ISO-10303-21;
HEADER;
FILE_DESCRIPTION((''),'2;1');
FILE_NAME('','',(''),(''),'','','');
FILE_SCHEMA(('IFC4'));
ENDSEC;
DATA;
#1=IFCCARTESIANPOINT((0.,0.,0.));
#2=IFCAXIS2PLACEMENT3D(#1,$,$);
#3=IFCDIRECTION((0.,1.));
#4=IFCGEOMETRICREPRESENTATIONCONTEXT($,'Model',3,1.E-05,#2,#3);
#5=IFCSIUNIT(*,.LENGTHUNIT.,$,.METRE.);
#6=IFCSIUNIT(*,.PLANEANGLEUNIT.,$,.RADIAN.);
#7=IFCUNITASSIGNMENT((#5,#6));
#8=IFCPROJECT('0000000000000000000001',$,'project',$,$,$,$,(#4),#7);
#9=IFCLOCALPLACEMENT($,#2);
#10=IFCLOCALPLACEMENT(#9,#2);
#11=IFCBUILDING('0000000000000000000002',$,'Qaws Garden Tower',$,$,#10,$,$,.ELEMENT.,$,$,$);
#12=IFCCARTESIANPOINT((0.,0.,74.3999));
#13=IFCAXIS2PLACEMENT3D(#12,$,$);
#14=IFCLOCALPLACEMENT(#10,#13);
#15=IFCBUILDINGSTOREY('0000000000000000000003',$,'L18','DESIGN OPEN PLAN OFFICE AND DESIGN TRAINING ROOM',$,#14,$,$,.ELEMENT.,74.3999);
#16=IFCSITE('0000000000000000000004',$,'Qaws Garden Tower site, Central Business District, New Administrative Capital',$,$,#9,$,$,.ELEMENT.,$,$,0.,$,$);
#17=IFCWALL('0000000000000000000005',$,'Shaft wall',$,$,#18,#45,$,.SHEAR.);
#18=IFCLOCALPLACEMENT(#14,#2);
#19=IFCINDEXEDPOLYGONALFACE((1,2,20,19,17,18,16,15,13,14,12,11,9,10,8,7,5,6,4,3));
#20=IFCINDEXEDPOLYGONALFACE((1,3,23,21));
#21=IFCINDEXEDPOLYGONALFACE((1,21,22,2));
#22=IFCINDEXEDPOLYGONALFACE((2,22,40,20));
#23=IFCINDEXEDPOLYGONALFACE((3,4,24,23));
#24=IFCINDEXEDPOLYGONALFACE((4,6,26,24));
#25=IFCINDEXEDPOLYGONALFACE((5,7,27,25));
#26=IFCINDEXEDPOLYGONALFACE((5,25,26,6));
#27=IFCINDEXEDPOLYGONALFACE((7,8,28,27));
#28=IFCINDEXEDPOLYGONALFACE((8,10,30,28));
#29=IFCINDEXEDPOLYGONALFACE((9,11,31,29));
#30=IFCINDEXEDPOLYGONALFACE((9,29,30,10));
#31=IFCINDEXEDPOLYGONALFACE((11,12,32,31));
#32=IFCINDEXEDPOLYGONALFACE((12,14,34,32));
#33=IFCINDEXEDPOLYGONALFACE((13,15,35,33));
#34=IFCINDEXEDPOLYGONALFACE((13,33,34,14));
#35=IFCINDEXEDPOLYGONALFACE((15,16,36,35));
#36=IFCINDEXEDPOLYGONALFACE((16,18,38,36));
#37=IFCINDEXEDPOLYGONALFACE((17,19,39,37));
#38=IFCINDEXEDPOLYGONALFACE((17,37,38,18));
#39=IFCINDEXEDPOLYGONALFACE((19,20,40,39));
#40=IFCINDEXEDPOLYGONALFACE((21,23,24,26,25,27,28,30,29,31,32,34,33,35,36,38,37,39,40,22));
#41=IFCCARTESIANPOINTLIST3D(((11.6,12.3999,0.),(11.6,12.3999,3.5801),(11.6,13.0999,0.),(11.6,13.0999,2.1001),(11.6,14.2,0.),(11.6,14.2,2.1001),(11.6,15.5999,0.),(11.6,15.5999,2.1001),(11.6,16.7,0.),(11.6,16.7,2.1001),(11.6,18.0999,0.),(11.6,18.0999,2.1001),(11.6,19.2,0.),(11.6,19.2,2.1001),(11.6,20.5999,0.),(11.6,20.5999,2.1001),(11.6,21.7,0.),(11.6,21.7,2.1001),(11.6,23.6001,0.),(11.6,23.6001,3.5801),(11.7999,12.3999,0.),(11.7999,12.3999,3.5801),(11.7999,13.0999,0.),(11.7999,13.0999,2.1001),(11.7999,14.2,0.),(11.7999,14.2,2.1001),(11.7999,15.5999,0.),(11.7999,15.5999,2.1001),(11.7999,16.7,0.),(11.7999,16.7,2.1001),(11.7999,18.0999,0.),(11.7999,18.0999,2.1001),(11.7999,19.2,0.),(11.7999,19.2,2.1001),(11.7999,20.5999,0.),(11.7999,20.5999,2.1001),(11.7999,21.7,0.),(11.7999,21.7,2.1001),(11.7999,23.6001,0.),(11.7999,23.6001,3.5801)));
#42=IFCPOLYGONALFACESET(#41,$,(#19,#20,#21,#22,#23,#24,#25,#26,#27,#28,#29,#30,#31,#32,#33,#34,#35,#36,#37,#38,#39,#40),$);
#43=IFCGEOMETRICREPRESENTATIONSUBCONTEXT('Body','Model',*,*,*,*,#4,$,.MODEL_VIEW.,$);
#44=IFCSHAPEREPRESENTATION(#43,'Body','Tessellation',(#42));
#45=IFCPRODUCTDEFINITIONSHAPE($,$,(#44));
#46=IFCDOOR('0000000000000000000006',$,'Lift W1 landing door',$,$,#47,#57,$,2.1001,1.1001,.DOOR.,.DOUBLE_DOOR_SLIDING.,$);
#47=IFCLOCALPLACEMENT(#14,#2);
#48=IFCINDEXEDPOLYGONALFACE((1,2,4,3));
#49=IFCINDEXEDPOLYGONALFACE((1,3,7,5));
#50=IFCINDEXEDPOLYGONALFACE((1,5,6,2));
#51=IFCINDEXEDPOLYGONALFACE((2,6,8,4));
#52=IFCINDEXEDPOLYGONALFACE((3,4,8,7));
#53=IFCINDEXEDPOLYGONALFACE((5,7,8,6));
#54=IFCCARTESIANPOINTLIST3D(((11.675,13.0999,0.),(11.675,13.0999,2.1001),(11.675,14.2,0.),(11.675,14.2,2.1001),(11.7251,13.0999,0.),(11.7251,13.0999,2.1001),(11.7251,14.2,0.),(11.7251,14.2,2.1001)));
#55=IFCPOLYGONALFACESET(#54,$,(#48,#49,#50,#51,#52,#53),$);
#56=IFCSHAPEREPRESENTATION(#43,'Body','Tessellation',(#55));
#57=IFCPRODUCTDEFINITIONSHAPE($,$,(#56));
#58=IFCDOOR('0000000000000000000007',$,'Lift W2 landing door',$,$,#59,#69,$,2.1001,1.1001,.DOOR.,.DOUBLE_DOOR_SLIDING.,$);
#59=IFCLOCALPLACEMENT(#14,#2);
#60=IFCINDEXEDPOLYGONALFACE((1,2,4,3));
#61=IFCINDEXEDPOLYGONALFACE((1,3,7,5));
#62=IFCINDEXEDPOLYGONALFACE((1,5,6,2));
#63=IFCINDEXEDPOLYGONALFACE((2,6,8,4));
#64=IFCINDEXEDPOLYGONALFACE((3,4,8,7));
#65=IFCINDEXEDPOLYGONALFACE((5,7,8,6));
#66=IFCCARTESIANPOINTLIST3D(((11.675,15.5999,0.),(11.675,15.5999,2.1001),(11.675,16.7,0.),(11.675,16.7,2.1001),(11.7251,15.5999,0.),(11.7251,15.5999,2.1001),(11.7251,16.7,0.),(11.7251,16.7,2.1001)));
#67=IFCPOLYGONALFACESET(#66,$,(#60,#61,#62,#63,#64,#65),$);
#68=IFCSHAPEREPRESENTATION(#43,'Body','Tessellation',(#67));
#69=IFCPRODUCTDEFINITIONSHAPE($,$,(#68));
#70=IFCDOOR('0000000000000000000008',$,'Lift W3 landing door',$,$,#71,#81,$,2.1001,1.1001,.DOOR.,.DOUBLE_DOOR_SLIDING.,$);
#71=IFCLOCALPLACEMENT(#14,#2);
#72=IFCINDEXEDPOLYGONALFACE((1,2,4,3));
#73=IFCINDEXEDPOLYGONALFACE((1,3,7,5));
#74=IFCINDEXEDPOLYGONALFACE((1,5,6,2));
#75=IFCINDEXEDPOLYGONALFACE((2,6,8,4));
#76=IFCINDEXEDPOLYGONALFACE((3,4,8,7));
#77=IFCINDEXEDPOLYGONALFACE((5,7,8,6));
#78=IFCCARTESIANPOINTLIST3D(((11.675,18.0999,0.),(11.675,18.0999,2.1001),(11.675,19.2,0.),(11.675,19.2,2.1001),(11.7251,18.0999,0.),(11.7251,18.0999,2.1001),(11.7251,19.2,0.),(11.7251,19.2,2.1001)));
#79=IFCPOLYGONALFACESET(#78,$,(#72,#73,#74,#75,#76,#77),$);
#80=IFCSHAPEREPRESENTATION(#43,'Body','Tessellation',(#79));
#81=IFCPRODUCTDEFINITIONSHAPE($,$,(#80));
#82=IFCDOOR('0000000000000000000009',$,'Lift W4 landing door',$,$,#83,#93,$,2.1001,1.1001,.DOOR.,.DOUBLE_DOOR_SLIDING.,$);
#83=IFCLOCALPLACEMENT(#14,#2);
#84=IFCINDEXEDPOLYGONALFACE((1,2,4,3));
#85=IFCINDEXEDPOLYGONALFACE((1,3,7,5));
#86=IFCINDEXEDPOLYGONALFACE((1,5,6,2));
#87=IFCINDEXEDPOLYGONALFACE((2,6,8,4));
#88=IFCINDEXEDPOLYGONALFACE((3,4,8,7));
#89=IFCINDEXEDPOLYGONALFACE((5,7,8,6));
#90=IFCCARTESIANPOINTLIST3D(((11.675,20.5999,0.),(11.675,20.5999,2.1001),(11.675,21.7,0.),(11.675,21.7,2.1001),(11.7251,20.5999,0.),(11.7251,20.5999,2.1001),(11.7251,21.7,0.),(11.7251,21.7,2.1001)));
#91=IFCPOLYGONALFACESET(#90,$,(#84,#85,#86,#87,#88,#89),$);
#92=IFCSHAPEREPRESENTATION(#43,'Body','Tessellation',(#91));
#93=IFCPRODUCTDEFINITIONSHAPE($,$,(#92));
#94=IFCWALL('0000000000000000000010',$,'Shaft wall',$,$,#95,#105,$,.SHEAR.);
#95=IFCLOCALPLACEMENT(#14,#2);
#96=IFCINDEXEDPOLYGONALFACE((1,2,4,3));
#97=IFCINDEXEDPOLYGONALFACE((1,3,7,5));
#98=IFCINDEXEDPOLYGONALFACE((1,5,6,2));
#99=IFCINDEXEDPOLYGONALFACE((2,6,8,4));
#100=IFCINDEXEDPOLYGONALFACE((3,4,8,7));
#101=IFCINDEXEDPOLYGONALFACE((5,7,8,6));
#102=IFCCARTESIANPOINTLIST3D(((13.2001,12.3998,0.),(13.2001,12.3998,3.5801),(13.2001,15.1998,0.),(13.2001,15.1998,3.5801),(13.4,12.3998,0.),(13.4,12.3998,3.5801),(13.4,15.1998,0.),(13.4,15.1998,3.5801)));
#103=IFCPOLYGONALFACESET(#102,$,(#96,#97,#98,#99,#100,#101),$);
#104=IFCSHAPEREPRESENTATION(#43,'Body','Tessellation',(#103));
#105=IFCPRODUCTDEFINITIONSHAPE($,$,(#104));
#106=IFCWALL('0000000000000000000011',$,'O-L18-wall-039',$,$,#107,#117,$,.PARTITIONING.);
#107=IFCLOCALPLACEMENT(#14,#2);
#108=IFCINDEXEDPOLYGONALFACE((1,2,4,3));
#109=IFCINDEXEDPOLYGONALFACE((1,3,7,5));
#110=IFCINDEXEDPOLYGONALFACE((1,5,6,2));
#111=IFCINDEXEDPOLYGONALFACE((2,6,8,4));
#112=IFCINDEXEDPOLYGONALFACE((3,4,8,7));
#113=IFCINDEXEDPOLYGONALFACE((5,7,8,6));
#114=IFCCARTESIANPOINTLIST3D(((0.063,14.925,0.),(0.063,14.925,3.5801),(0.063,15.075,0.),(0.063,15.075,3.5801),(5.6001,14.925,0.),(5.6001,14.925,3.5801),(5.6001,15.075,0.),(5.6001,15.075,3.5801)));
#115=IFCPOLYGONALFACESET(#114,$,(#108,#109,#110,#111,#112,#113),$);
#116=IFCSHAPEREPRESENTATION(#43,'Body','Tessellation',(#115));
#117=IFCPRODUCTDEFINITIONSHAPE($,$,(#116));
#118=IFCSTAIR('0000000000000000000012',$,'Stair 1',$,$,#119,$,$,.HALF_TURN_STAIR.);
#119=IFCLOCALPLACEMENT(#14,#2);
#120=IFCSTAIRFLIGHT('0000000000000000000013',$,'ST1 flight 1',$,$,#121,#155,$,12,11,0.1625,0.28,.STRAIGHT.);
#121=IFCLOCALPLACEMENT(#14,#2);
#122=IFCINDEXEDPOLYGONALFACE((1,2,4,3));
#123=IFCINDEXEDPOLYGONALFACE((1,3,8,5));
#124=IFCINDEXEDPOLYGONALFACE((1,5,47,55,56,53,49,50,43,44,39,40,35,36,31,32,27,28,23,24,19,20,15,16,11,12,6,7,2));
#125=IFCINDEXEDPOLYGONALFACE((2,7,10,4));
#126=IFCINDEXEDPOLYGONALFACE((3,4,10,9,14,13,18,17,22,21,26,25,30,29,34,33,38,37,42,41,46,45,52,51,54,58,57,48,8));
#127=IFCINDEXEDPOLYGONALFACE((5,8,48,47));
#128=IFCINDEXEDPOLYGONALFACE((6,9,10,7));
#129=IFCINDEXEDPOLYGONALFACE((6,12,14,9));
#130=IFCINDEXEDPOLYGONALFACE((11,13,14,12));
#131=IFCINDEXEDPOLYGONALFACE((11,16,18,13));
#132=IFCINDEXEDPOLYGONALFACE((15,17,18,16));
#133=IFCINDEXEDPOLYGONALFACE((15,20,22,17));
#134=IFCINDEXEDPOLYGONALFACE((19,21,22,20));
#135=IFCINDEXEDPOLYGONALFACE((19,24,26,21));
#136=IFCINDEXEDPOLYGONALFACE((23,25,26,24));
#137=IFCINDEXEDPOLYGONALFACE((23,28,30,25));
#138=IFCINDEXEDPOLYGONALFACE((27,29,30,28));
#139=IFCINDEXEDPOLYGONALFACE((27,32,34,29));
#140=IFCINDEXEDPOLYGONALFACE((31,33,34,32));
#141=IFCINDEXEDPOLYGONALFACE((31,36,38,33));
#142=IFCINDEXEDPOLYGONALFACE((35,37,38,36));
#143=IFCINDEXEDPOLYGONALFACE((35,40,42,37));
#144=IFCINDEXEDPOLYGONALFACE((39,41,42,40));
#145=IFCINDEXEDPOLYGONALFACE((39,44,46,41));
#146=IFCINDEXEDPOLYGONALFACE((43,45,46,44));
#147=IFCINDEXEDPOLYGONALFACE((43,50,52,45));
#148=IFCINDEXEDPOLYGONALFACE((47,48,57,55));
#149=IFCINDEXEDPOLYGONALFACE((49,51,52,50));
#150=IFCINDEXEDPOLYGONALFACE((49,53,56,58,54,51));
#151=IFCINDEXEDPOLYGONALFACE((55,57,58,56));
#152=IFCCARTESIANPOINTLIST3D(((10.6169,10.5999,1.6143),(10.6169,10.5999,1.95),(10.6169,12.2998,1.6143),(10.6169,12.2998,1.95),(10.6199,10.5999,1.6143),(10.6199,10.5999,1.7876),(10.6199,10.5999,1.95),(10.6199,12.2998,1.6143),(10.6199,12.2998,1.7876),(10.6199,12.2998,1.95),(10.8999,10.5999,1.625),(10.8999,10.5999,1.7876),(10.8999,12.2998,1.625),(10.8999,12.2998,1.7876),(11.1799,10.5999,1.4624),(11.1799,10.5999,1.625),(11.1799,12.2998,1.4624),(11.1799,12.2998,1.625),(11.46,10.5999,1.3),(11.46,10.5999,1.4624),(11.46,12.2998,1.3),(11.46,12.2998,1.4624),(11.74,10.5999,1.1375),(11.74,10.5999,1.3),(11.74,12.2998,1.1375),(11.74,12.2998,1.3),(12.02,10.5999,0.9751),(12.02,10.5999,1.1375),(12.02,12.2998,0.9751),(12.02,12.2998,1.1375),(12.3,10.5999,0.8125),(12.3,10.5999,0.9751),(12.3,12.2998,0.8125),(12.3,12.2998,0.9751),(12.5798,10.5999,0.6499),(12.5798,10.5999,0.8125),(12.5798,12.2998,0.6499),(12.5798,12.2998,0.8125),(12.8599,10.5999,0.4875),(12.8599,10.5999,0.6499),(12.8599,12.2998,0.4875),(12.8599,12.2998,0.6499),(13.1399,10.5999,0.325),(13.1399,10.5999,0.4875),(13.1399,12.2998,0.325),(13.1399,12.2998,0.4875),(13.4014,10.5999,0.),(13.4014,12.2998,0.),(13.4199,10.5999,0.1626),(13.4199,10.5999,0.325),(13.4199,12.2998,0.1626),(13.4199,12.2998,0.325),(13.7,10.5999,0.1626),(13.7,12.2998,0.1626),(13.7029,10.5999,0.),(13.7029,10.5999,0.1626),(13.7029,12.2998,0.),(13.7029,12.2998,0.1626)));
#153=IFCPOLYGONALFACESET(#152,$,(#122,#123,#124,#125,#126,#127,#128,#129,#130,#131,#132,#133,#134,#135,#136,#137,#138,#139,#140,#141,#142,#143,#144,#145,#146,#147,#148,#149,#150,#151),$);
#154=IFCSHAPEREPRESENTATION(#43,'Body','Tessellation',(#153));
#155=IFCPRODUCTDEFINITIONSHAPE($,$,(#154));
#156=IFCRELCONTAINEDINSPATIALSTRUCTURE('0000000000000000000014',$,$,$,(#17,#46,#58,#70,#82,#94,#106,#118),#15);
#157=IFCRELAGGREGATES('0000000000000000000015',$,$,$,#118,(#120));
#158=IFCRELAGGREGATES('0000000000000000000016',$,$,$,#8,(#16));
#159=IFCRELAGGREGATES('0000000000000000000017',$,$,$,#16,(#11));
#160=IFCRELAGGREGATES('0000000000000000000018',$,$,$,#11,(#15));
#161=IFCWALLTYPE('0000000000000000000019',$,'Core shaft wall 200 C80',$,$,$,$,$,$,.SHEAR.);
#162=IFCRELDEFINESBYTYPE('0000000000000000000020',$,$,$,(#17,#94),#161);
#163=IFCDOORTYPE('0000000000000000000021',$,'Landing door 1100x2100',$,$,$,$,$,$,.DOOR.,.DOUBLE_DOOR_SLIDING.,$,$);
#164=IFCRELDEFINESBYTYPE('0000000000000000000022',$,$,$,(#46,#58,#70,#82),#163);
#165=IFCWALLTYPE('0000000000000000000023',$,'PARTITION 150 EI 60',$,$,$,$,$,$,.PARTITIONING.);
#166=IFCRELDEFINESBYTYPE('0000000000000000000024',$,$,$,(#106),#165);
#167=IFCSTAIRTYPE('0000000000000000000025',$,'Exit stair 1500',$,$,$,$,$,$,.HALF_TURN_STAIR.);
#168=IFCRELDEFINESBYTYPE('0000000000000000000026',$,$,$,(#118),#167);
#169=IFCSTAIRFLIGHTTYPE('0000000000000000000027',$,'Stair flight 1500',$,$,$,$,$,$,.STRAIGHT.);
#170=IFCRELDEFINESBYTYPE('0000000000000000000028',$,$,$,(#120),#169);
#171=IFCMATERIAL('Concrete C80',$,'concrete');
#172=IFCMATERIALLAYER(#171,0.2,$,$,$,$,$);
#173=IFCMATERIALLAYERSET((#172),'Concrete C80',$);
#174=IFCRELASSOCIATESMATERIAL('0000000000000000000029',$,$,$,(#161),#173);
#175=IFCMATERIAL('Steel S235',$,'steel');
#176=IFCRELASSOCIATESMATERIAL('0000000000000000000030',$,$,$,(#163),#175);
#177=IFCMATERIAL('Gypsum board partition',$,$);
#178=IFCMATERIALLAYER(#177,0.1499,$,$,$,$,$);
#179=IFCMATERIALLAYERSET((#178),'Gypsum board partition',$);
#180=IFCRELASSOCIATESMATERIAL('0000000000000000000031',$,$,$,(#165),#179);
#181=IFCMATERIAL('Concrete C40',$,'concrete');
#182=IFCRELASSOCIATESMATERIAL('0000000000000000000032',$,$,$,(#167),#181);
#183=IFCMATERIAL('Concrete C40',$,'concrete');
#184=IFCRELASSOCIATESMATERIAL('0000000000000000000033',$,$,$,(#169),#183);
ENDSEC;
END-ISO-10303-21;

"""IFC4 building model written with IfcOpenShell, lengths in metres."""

from ifc_helpers import new_model, si_unit, direction, frame, frame_2d, origin, place, context, subcontext, project, spatial, polyline, rectangle, outline, extrude, material, layer, layer_set, type_object, element, fill, aggregate, save


model = new_model("IFC4")

# Units and contexts
model_context = context("Model", 3, precision=1e-05, world=origin(), true_north=direction((0.0, 1.0)))
body_context = subcontext(model_context, "Body", "Model", "MODEL_VIEW")
ifc_project = project(units=[si_unit("LENGTHUNIT", "METRE"), si_unit("PLANEANGLEUNIT", "RADIAN")], contexts=[model_context])

# Site, building, storey
site_placement = place(None, origin())
site = spatial("IfcSite", under=ifc_project, at=site_placement, Name="Qaws Garden Tower site, Central Business District, New Administrative Capital", CompositionType="ELEMENT", RefElevation=0.0)
building_placement = place(site_placement, origin())
building = spatial("IfcBuilding", under=site, at=building_placement, Name="Qaws Garden Tower", CompositionType="ELEMENT")
storey_placement = place(building_placement, frame((0.0, 0.0, 74.3999)))
storey = spatial("IfcBuildingStorey", under=building, at=storey_placement, Name="L18", Description="DESIGN OPEN PLAN OFFICE AND DESIGN TRAINING ROOM", CompositionType="ELEMENT", Elevation=74.3999)

# Shared definitions
ifc_material_1 = material(Name="Concrete C80", Category="concrete")
ifc_layer_1 = layer(ifc_material_1, 0.2)
ifc_layer_set_1 = layer_set([ifc_layer_1], Name="Concrete C80")
wall_type_1 = type_object("IfcWallType", Name="Core shaft wall 200 C80", PredefinedType="SHEAR", material=ifc_layer_set_1)

# Wall, openings, doors
wall_1_placement = place(storey_placement, frame((11.7, 12.3999, 0.0), z_axis=(0.0, 0.0, 1.0), x_axis=(0.0, 1.0, 0.0)))
wall_1 = element("IfcWall", 1, at=wall_1_placement, inside=storey, type_object=wall_type_1, Name="Shaft wall", PredefinedType="SHEAR", context=body_context, shape_type="SweptSolid", body=[
    extrude(rectangle(XDim=11.2002, YDim=0.2, at=frame_2d((5.6001, 0.0))), origin(), (0.0, 0.0, 1.0), 3.5801),
])
opening_1_placement = place(wall_1_placement, frame((0.7, 0.0, 0.0)))
opening_1 = element("IfcOpeningElement", 2, at=opening_1_placement, cuts=wall_1, PredefinedType="OPENING", context=body_context, shape_type="SweptSolid", body=[
    extrude(rectangle(XDim=1.1001, YDim=2.1001, at=frame_2d((0.55, 1.05))), frame((0.0, 0.1099, 0.0), z_axis=(0.0, -1.0, 0.0), x_axis=(1.0, 0.0, 0.0)), (0.0, 0.0, 1.0), 0.22),
])
opening_2_placement = place(wall_1_placement, frame((3.2, 0.0, 0.0)))
opening_2 = element("IfcOpeningElement", 3, at=opening_2_placement, cuts=wall_1, PredefinedType="OPENING", context=body_context, shape_type="SweptSolid", body=[
    extrude(rectangle(XDim=1.1001, YDim=2.1001, at=frame_2d((0.55, 1.05))), frame((0.0, 0.1099, 0.0), z_axis=(0.0, -1.0, 0.0), x_axis=(1.0, 0.0, 0.0)), (0.0, 0.0, 1.0), 0.22),
])
opening_3_placement = place(wall_1_placement, frame((5.7, 0.0, 0.0)))
opening_3 = element("IfcOpeningElement", 4, at=opening_3_placement, cuts=wall_1, PredefinedType="OPENING", context=body_context, shape_type="SweptSolid", body=[
    extrude(rectangle(XDim=1.1001, YDim=2.1001, at=frame_2d((0.55, 1.05))), frame((0.0, 0.1099, 0.0), z_axis=(0.0, -1.0, 0.0), x_axis=(1.0, 0.0, 0.0)), (0.0, 0.0, 1.0), 0.22),
])
opening_4_placement = place(wall_1_placement, frame((8.2, 0.0, 0.0)))
opening_4 = element("IfcOpeningElement", 5, at=opening_4_placement, cuts=wall_1, PredefinedType="OPENING", context=body_context, shape_type="SweptSolid", body=[
    extrude(rectangle(XDim=1.1001, YDim=2.1001, at=frame_2d((0.55, 1.05))), frame((0.0, 0.1099, 0.0), z_axis=(0.0, -1.0, 0.0), x_axis=(1.0, 0.0, 0.0)), (0.0, 0.0, 1.0), 0.22),
])
ifc_material_2 = material(Name="Steel S235", Category="steel")
door_type = type_object("IfcDoorType", Name="Landing door 1100x2100", OperationType="DOUBLE_DOOR_SLIDING", PredefinedType="DOOR", material=ifc_material_2)
door_1_placement = place(opening_1_placement, origin())
door_1 = element("IfcDoor", 6, at=door_1_placement, inside=storey, type_object=door_type, Name="Lift W1 landing door", OperationType="DOUBLE_DOOR_SLIDING", OverallHeight=2.1001, OverallWidth=1.1001, PredefinedType="DOOR", context=body_context, shape_type="SweptSolid", body=[
    extrude(rectangle(XDim=1.1001, YDim=2.1001, at=frame_2d((0.55, 1.05))), frame((0.0, 0.0249, 0.0), z_axis=(0.0, -1.0, 0.0), x_axis=(1.0, 0.0, 0.0)), (0.0, 0.0, 1.0), 0.05),
])
fill(opening_1, door_1)
door_2_placement = place(opening_2_placement, origin())
door_2 = element("IfcDoor", 7, at=door_2_placement, inside=storey, type_object=door_type, Name="Lift W2 landing door", OperationType="DOUBLE_DOOR_SLIDING", OverallHeight=2.1001, OverallWidth=1.1001, PredefinedType="DOOR", context=body_context, shape_type="SweptSolid", body=[
    extrude(rectangle(XDim=1.1001, YDim=2.1001, at=frame_2d((0.55, 1.05))), frame((0.0, 0.0249, 0.0), z_axis=(0.0, -1.0, 0.0), x_axis=(1.0, 0.0, 0.0)), (0.0, 0.0, 1.0), 0.05),
])
fill(opening_2, door_2)
door_3_placement = place(opening_3_placement, origin())
door_3 = element("IfcDoor", 8, at=door_3_placement, inside=storey, type_object=door_type, Name="Lift W3 landing door", OperationType="DOUBLE_DOOR_SLIDING", OverallHeight=2.1001, OverallWidth=1.1001, PredefinedType="DOOR", context=body_context, shape_type="SweptSolid", body=[
    extrude(rectangle(XDim=1.1001, YDim=2.1001, at=frame_2d((0.55, 1.05))), frame((0.0, 0.0249, 0.0), z_axis=(0.0, -1.0, 0.0), x_axis=(1.0, 0.0, 0.0)), (0.0, 0.0, 1.0), 0.05),
])
fill(opening_3, door_3)
door_4_placement = place(opening_4_placement, origin())
door_4 = element("IfcDoor", 9, at=door_4_placement, inside=storey, type_object=door_type, Name="Lift W4 landing door", OperationType="DOUBLE_DOOR_SLIDING", OverallHeight=2.1001, OverallWidth=1.1001, PredefinedType="DOOR", context=body_context, shape_type="SweptSolid", body=[
    extrude(rectangle(XDim=1.1001, YDim=2.1001, at=frame_2d((0.55, 1.05))), frame((0.0, 0.0249, 0.0), z_axis=(0.0, -1.0, 0.0), x_axis=(1.0, 0.0, 0.0)), (0.0, 0.0, 1.0), 0.05),
])
fill(opening_4, door_4)

# Walls
wall_2_placement = place(storey_placement, frame((13.3, 12.3999, 0.0), z_axis=(0.0, 0.0, 1.0), x_axis=(0.0, 1.0, 0.0)))
element("IfcWall", 10, at=wall_2_placement, inside=storey, type_object=wall_type_1, Name="Shaft wall", PredefinedType="SHEAR", context=body_context, shape_type="SweptSolid", body=[
    extrude(rectangle(XDim=2.8, YDim=0.2, at=frame_2d((1.3999, 0.0))), origin(), (0.0, 0.0, 1.0), 3.5801),
])
ifc_material_3 = material(Name="Gypsum board partition")
ifc_layer_2 = layer(ifc_material_3, 0.1499)
ifc_layer_set_2 = layer_set([ifc_layer_2], Name="Gypsum board partition")
wall_type_2 = type_object("IfcWallType", Name="PARTITION 150 EI 60", PredefinedType="PARTITIONING", material=ifc_layer_set_2)
wall_3_placement = place(storey_placement, frame((0.063, 15.0, 0.0), z_axis=(0.0, 0.0, 1.0), x_axis=(1.0, 0.0, 0.0)))
element("IfcWall", 11, at=wall_3_placement, inside=storey, type_object=wall_type_2, Name="O-L18-wall-039", PredefinedType="PARTITIONING", context=body_context, shape_type="SweptSolid", body=[
    extrude(rectangle(XDim=5.5371, YDim=0.1499, at=frame_2d((2.7686, 0.0))), origin(), (0.0, 0.0, 1.0), 3.5801),
])

# Stair, stair flight
ifc_material_4 = material(Name="Concrete C40", Category="concrete")
stair_type = type_object("IfcStairType", Name="Exit stair 1500", PredefinedType="HALF_TURN_STAIR", material=ifc_material_4)
stair_placement = place(storey_placement, origin())
stair = element("IfcStair", 12, at=stair_placement, inside=storey, type_object=stair_type, Name="Stair 1", PredefinedType="HALF_TURN_STAIR")
ifc_material_5 = material(Name="Concrete C40", Category="concrete")
stair_flight_type = type_object("IfcStairFlightType", Name="Stair flight 1500", PredefinedType="STRAIGHT", material=ifc_material_5)
stair_flight_placement = place(storey_placement, frame((13.7, 11.45, 0.0), z_axis=(0.0, 0.0, 1.0), x_axis=(-1.0, 0.0, 0.0)))
stair_flight = element("IfcStairFlight", 13, at=stair_flight_placement, type_object=stair_flight_type, Name="ST1 flight 1", NumberOfRisers=12, NumberOfTreads=11, PredefinedType="STRAIGHT", RiserHeight=0.1625, TreadLength=0.28, context=body_context, shape_type="SweptSolid", body=[
    extrude(outline(polyline([(-0.0029, 0.0), (-0.0029, 0.1626), (0.0, 0.1626), (0.28, 0.1626), (0.28, 0.325), (0.5601, 0.325), (0.5601, 0.4875), (0.8401, 0.4875), (0.8401, 0.6499), (1.1201, 0.6499), (1.1201, 0.8125), (1.3999, 0.8125), (1.3999, 0.9751), (1.6799, 0.9751), (1.6799, 1.1375), (1.96, 1.1375), (1.96, 1.3), (2.24, 1.3), (2.24, 1.4624), (2.52, 1.4624), (2.52, 1.625), (2.8, 1.625), (2.8, 1.7876), (3.0801, 1.7876), (3.0801, 1.95), (3.083, 1.95), (3.083, 1.6143), (3.0801, 1.6143), (0.2986, 0.0), (-0.0029, 0.0)])), frame((0.0, 0.8501, 0.0), z_axis=(0.0, -1.0, 0.0), x_axis=(1.0, 0.0, 0.0)), (0.0, 0.0, 1.0), 1.7),
])
aggregate(stair, [stair_flight])

save(model, "model.ifc")
